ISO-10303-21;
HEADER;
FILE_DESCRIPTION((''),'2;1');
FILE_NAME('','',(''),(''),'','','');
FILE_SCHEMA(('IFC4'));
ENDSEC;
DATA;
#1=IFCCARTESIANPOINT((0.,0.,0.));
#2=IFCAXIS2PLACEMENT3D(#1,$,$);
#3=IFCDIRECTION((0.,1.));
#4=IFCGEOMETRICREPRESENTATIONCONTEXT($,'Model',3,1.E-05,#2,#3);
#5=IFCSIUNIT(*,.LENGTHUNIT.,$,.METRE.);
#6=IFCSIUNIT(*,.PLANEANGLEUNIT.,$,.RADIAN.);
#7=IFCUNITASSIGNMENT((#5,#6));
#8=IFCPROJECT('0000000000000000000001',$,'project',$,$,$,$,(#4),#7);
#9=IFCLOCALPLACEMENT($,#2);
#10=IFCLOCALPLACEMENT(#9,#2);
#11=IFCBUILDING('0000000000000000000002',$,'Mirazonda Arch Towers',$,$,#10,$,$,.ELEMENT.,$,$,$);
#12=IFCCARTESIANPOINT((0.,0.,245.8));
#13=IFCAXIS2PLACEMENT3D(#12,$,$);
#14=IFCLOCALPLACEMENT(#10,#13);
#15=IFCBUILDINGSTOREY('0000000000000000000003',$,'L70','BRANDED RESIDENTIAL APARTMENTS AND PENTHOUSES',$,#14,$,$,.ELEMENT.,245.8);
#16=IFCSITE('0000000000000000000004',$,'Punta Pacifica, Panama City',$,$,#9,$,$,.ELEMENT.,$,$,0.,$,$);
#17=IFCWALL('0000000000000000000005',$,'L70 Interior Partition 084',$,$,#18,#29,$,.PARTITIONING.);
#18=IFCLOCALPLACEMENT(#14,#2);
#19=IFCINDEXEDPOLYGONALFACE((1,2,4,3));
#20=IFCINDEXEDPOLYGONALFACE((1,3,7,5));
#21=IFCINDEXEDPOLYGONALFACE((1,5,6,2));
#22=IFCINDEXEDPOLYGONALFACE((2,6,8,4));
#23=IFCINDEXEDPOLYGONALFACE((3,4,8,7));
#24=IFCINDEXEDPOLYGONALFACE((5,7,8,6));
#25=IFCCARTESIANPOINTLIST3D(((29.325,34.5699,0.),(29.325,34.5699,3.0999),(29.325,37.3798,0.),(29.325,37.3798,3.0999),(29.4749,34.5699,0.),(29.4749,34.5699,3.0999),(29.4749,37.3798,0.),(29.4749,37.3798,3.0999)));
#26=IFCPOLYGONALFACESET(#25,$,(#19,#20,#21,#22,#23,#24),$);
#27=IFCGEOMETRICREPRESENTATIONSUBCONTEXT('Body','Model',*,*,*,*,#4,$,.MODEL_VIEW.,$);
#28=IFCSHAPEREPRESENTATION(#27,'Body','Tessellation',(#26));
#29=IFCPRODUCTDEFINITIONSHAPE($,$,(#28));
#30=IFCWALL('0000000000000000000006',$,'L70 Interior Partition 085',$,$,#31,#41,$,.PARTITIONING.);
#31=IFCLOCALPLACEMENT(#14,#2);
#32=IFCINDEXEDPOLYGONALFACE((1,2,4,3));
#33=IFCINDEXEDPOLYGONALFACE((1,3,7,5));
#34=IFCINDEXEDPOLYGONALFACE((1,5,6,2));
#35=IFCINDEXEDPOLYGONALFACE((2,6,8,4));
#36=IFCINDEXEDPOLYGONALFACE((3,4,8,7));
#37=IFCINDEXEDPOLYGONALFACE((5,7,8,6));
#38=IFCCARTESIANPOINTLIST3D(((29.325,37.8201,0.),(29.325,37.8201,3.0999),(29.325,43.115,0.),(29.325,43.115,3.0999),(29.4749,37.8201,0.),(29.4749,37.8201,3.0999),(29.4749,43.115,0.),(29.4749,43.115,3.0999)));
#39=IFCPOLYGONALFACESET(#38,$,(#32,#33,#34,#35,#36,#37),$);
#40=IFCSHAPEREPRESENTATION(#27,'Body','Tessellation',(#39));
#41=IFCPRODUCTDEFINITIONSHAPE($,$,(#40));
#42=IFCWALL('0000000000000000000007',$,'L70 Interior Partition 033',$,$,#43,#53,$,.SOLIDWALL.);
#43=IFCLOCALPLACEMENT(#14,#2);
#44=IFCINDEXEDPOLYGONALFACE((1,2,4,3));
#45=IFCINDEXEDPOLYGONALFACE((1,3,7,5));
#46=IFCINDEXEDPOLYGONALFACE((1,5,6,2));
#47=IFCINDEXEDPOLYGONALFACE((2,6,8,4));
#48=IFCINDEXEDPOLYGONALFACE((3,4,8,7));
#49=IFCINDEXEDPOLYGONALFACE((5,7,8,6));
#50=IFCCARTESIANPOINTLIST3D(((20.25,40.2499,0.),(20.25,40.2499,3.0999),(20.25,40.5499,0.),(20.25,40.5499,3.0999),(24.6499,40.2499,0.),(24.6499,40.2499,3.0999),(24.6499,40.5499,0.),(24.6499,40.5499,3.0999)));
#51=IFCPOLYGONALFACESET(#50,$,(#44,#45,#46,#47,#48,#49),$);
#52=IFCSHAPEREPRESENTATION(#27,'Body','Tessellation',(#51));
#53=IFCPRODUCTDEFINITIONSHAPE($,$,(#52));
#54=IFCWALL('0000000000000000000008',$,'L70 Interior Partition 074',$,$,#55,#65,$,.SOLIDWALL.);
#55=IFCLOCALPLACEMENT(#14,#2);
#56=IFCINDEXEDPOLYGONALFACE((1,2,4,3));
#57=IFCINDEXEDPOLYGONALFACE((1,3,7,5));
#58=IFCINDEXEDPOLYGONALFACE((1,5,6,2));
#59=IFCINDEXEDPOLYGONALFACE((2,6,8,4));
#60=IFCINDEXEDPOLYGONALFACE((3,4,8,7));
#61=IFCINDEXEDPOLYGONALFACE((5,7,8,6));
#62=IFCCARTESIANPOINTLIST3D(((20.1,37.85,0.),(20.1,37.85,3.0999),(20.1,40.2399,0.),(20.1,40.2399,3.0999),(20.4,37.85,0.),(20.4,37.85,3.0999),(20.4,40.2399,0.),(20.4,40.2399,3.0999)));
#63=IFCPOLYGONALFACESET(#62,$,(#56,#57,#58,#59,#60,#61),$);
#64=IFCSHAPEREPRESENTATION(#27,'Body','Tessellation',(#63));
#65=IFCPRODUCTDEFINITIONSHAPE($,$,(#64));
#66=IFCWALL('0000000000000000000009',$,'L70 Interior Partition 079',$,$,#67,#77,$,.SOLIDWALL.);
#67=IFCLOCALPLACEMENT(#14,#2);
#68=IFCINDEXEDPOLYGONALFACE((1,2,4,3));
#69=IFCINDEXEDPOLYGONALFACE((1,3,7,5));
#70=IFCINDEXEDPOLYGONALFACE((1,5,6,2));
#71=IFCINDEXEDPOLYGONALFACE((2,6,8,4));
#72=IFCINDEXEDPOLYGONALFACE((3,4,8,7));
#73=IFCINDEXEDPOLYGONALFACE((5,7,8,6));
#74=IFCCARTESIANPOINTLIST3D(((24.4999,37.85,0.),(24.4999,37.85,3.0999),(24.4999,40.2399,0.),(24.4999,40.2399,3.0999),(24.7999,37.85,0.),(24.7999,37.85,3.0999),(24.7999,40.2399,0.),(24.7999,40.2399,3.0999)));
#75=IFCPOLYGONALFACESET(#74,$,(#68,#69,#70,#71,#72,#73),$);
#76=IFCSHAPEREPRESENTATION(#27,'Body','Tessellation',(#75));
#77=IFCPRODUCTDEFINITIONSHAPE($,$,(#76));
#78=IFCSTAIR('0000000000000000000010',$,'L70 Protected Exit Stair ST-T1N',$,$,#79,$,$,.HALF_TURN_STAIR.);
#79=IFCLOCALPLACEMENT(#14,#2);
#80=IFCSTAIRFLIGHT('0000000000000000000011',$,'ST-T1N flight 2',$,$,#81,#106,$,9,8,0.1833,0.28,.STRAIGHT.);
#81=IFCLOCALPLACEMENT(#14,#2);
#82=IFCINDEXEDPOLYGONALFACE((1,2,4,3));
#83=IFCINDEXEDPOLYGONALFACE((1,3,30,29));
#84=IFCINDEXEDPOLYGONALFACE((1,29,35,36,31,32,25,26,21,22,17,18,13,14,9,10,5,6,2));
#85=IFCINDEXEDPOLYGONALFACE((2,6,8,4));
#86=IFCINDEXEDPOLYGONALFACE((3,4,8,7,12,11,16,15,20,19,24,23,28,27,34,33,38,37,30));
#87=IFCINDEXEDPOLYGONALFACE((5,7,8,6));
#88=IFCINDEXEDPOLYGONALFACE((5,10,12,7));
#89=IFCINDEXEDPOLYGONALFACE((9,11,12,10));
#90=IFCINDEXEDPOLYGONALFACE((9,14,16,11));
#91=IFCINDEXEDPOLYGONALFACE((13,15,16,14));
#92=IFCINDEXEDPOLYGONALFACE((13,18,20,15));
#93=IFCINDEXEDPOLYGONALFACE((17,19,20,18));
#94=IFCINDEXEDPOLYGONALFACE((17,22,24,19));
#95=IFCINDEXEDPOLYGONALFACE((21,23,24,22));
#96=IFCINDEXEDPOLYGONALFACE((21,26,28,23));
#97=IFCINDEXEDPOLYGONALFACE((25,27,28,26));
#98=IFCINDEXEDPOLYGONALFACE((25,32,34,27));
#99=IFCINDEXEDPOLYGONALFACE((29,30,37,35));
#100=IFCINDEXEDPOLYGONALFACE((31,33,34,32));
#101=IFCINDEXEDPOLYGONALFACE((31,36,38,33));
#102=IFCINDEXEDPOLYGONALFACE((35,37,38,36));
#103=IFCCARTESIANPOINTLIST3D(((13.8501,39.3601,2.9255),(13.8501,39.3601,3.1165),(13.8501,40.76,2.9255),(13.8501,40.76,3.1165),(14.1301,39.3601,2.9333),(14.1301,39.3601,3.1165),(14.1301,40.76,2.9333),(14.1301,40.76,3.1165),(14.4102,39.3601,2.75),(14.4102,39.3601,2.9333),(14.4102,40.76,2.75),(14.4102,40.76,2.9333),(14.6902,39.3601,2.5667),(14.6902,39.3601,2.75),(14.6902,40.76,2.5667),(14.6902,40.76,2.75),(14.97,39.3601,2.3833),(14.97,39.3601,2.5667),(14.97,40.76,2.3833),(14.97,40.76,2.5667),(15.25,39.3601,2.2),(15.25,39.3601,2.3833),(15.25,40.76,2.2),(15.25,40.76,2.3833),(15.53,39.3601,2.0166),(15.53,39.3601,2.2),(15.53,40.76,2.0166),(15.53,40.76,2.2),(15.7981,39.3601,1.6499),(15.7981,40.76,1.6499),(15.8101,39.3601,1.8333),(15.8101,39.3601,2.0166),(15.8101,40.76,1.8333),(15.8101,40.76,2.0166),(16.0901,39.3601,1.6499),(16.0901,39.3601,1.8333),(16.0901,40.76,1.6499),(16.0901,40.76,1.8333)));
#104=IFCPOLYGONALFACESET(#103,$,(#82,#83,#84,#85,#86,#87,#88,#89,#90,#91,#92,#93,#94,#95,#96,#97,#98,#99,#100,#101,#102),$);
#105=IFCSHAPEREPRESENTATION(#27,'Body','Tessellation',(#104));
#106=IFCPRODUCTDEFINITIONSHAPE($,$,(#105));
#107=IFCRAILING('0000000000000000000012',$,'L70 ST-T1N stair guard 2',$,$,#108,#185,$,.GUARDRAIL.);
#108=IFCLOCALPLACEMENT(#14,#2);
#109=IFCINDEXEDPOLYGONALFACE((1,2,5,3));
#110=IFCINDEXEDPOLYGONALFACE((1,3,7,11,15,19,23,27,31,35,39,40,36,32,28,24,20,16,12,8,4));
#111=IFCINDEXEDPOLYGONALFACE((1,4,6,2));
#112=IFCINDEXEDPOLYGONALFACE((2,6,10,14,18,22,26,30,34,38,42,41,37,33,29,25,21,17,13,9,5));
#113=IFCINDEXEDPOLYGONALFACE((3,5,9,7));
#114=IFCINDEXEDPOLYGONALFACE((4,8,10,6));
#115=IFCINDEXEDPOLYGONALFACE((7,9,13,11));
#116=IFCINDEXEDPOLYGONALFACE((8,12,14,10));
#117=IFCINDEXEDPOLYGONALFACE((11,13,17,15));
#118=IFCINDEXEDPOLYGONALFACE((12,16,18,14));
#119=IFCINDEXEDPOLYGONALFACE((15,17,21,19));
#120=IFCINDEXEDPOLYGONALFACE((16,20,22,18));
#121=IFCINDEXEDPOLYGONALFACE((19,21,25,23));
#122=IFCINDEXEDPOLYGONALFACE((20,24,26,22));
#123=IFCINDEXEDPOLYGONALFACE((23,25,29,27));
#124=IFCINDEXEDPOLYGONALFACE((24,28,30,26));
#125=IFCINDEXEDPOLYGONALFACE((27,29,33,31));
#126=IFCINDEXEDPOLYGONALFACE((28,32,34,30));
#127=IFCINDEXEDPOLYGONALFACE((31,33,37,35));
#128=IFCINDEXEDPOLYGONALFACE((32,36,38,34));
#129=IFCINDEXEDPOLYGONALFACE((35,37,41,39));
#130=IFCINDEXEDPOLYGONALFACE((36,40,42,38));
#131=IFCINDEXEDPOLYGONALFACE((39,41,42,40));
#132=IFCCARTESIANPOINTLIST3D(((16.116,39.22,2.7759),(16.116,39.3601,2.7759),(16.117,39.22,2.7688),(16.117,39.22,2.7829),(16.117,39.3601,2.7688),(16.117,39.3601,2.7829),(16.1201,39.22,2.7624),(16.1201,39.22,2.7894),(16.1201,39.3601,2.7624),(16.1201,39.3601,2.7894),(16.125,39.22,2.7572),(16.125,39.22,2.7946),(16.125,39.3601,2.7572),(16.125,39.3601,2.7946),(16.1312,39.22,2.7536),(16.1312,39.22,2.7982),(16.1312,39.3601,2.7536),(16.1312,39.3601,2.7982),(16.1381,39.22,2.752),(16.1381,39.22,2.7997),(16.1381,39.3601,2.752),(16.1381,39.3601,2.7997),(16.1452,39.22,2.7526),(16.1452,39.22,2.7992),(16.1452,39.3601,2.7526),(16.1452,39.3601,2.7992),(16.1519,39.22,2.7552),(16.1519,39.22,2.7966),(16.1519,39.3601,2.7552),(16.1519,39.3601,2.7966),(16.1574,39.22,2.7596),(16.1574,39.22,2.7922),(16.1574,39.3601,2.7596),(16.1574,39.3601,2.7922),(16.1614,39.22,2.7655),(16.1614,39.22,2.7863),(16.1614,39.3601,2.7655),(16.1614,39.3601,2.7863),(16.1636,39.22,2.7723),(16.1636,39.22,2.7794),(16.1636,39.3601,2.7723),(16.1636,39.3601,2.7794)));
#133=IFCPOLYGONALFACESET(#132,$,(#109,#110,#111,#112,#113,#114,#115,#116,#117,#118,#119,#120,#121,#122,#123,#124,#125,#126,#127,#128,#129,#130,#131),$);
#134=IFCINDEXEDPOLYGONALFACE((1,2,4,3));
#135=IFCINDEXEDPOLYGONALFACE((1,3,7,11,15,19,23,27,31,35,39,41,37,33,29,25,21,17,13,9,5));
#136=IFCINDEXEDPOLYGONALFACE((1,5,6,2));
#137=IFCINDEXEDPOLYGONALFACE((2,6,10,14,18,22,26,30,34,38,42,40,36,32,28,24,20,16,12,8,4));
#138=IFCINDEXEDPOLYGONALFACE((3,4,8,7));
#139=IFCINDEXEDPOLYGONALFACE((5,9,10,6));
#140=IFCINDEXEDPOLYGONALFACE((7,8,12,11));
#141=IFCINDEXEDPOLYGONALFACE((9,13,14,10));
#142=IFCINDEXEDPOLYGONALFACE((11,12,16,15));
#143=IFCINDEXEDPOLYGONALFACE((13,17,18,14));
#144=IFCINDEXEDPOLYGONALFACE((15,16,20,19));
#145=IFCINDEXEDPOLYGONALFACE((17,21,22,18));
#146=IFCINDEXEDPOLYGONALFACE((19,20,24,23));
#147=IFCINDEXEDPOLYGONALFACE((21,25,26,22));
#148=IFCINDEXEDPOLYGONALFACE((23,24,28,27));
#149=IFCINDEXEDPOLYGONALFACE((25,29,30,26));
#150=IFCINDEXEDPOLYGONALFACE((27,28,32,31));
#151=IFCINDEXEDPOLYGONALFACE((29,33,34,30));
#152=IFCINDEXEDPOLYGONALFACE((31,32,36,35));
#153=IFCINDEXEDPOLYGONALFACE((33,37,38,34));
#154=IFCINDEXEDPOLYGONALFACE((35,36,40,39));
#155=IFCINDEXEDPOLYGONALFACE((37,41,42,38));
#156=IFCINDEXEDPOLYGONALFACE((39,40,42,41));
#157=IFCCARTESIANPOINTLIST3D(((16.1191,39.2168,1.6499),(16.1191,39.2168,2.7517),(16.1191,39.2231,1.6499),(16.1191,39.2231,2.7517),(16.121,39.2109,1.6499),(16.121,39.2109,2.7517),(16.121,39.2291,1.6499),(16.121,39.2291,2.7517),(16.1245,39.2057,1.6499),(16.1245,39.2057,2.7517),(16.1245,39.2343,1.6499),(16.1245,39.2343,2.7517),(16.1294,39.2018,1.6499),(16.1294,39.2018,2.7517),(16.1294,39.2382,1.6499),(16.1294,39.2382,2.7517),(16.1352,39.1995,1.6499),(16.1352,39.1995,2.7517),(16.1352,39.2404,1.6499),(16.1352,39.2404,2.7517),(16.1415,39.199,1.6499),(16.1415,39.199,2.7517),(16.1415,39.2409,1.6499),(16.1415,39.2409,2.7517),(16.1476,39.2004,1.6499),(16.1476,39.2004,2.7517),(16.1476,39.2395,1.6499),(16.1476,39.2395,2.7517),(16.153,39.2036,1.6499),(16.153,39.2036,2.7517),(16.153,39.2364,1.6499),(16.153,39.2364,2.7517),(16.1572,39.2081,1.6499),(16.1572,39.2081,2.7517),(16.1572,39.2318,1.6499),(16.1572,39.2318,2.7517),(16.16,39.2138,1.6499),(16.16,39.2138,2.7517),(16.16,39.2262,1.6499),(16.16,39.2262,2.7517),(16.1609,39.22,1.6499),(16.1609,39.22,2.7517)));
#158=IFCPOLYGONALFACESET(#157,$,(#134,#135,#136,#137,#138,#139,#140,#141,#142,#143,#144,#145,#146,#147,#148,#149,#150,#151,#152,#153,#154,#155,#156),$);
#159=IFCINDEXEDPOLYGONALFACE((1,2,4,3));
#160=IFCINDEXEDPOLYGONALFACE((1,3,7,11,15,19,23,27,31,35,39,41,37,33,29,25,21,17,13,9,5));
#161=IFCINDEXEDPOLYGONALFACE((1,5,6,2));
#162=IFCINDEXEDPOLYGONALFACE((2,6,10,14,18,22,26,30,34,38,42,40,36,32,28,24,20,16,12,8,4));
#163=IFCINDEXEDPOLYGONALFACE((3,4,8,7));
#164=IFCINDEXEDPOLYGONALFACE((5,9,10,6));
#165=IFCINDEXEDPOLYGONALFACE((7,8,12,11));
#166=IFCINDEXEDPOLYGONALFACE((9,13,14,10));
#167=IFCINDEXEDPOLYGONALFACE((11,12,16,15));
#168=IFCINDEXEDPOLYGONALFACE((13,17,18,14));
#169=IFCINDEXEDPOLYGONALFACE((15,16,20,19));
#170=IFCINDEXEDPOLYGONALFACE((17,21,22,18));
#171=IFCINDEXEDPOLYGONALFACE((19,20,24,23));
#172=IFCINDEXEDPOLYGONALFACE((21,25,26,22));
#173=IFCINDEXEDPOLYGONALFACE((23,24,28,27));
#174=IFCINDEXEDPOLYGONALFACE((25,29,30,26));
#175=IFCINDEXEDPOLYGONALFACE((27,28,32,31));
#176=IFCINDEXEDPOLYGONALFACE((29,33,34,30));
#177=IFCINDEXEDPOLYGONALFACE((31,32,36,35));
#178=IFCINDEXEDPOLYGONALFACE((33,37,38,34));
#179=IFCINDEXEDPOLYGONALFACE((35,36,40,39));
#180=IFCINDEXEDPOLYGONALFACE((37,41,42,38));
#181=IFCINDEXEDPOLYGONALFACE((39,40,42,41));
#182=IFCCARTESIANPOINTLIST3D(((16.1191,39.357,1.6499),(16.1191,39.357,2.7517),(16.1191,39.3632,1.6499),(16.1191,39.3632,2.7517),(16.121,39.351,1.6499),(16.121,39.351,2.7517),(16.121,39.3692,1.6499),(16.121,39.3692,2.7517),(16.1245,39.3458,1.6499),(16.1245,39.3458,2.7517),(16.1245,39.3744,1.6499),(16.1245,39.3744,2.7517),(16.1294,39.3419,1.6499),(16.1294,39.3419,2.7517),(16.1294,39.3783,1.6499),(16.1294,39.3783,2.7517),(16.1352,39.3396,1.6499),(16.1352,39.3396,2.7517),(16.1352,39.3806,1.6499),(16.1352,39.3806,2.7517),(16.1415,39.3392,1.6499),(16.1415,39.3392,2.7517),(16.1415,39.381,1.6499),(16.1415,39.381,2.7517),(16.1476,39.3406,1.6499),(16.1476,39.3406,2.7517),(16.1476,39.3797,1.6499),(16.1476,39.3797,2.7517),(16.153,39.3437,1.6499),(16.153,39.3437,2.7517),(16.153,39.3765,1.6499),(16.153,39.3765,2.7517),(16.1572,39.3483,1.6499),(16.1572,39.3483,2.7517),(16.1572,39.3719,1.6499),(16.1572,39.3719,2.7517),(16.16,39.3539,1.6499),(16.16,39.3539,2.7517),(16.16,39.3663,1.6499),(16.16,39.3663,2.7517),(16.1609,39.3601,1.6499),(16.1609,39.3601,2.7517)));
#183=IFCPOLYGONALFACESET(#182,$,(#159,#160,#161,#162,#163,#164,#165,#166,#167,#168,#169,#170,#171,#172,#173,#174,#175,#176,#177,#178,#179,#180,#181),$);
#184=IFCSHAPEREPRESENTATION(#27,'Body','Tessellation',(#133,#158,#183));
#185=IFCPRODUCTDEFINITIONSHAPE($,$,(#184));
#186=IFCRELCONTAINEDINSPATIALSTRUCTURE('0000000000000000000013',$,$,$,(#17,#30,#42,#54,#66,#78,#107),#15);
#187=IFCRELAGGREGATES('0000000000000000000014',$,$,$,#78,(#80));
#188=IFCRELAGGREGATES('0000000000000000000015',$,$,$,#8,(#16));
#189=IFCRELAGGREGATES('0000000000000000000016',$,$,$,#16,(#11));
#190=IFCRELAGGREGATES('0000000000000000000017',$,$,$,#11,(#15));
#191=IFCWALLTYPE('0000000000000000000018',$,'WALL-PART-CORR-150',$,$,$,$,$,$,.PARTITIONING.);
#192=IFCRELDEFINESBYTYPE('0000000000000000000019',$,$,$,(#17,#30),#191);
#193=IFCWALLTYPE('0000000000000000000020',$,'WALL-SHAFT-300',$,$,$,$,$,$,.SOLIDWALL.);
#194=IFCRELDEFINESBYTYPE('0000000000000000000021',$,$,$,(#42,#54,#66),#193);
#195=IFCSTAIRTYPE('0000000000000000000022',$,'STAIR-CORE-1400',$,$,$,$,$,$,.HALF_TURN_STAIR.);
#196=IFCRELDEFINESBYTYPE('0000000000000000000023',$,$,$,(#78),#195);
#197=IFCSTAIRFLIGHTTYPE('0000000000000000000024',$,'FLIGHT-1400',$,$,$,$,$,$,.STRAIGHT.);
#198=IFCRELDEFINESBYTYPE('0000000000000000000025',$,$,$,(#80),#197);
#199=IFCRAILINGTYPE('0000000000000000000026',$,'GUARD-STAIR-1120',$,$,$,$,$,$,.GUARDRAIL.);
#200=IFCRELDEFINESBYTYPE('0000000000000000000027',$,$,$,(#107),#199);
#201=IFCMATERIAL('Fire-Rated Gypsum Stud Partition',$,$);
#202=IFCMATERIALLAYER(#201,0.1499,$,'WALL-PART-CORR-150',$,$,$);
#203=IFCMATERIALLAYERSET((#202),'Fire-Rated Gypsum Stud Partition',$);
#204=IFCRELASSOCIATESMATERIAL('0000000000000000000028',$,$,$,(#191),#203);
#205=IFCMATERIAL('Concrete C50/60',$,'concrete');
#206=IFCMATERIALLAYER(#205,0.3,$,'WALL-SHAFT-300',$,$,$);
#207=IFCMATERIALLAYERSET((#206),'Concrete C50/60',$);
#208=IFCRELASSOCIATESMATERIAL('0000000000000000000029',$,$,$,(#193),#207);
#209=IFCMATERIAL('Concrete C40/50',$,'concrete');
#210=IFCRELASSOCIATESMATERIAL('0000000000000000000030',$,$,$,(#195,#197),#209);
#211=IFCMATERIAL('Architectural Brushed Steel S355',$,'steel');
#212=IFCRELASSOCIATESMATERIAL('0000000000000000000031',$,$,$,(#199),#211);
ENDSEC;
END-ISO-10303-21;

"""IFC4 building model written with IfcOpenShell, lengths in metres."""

from ifc_helpers import new_model, si_unit, direction, frame, frame_2d, origin, origin_2d, place, context, subcontext, project, spatial, polyline, rectangle, circle, outline, extrude, material, layer, layer_set, type_object, element, aggregate, save


model = new_model("IFC4")

# Units and contexts
model_context = context("Model", 3, precision=1e-05, world=origin(), true_north=direction((0.0, 1.0)))
body_context = subcontext(model_context, "Body", "Model", "MODEL_VIEW")
ifc_project = project(units=[si_unit("LENGTHUNIT", "METRE"), si_unit("PLANEANGLEUNIT", "RADIAN")], contexts=[model_context])

# Site, building, storey
site_placement = place(None, origin())
site = spatial("IfcSite", under=ifc_project, at=site_placement, Name="Punta Pacifica, Panama City", CompositionType="ELEMENT", RefElevation=0.0)
building_placement = place(site_placement, origin())
building = spatial("IfcBuilding", under=site, at=building_placement, Name="Mirazonda Arch Towers", CompositionType="ELEMENT")
storey_placement = place(building_placement, frame((0.0, 0.0, 245.8)))
storey = spatial("IfcBuildingStorey", under=building, at=storey_placement, Name="L70", Description="BRANDED RESIDENTIAL APARTMENTS AND PENTHOUSES", CompositionType="ELEMENT", Elevation=245.8)

# Shared definitions
ifc_material_1 = material(Name="Concrete C50/60", Category="concrete")

# Walls
ifc_material_2 = material(Name="Concrete C40/50", Category="concrete")
ifc_material_3 = material(Name="Fire-Rated Gypsum Stud Partition")
ifc_layer_1 = layer(ifc_material_3, 0.1499, Name="WALL-PART-CORR-150")
ifc_layer_set_1 = layer_set([ifc_layer_1], Name="Fire-Rated Gypsum Stud Partition")
wall_type_1 = type_object("IfcWallType", Name="WALL-PART-CORR-150", PredefinedType="PARTITIONING", material=ifc_layer_set_1)
wall_1_placement = place(storey_placement, frame((29.3999, 34.5701, 0.0), z_axis=(0.0, 0.0, 1.0), x_axis=(0.0, 1.0, 0.0)))
element("IfcWall", 1, at=wall_1_placement, inside=storey, type_object=wall_type_1, Name="L70 Interior Partition 084", PredefinedType="PARTITIONING", context=body_context, shape_type="SweptSolid", body=[
    extrude(rectangle(XDim=2.8098, YDim=0.1499, at=frame_2d((1.4048, 0.0))), origin(), (0.0, 0.0, 1.0), 3.0999),
])
wall_2_placement = place(storey_placement, frame((29.3999, 37.8201, 0.0), z_axis=(0.0, 0.0, 1.0), x_axis=(0.0, 1.0, 0.0)))
element("IfcWall", 2, at=wall_2_placement, inside=storey, type_object=wall_type_1, Name="L70 Interior Partition 085", PredefinedType="PARTITIONING", context=body_context, shape_type="SweptSolid", body=[
    extrude(rectangle(XDim=5.2949, YDim=0.1499, at=frame_2d((2.6475, 0.0))), origin(), (0.0, 0.0, 1.0), 3.0999),
])
ifc_layer_2 = layer(ifc_material_1, 0.3, Name="WALL-SHAFT-300")
ifc_layer_set_2 = layer_set([ifc_layer_2], Name="Concrete C50/60")
wall_type_2 = type_object("IfcWallType", Name="WALL-SHAFT-300", PredefinedType="SOLIDWALL", material=ifc_layer_set_2)
wall_3_placement = place(storey_placement, frame((20.25, 40.3999, 0.0), z_axis=(0.0, 0.0, 1.0), x_axis=(1.0, 0.0, 0.0)))
element("IfcWall", 3, at=wall_3_placement, inside=storey, type_object=wall_type_2, Name="L70 Interior Partition 033", PredefinedType="SOLIDWALL", context=body_context, shape_type="SweptSolid", body=[
    extrude(rectangle(XDim=4.3999, YDim=0.3, at=frame_2d((2.2, 0.0))), origin(), (0.0, 0.0, 1.0), 3.0999),
])
for number, where, z_axis, x_axis, name in (
    (4, (20.25, 37.8501, 0.0), (0.0, 0.0, 1.0), (0.0, 1.0, 0.0), "L70 Interior Partition 074"),
    (5, (24.6499, 37.8501, 0.0), (0.0, 0.0, 1.0), (0.0, 1.0, 0.0), "L70 Interior Partition 079"),
):
    element("IfcWall", number, at=place(storey_placement, frame(where, z_axis=z_axis, x_axis=x_axis)), inside=storey, type_object=wall_type_2, Name=name, PredefinedType="SOLIDWALL", context=body_context, shape_type="SweptSolid", body=[
        extrude(rectangle(XDim=2.3899, YDim=0.3, at=frame_2d((1.1948, 0.0))), origin(), (0.0, 0.0, 1.0), 3.0999),
    ])

# Stair, stair flight
stair_type = type_object("IfcStairType", Name="STAIR-CORE-1400", PredefinedType="HALF_TURN_STAIR", material=ifc_material_2)
stair_placement = place(storey_placement, origin())
stair = element("IfcStair", 6, at=stair_placement, inside=storey, type_object=stair_type, Name="L70 Protected Exit Stair ST-T1N", PredefinedType="HALF_TURN_STAIR")
stair_flight_type = type_object("IfcStairFlightType", Name="FLIGHT-1400", PredefinedType="STRAIGHT", material=ifc_material_2)
stair_flight_placement = place(storey_placement, frame((16.0901, 40.0601, 1.6499), z_axis=(0.0, 0.0, 1.0), x_axis=(-1.0, 0.0, 0.0)))
stair_flight = element("IfcStairFlight", 7, at=stair_flight_placement, type_object=stair_flight_type, Name="ST-T1N flight 2", NumberOfRisers=9, NumberOfTreads=8, PredefinedType="STRAIGHT", RiserHeight=0.1833, TreadLength=0.28, context=body_context, shape_type="SweptSolid", body=[
    extrude(outline(polyline([(0.0, 0.0), (0.0, 0.1833), (0.28, 0.1833), (0.28, 0.3667), (0.5601, 0.3667), (0.5601, 0.55), (0.8401, 0.55), (0.8401, 0.7334), (1.1201, 0.7334), (1.1201, 0.9167), (1.3999, 0.9167), (1.3999, 1.1001), (1.6799, 1.1001), (1.6799, 1.2834), (1.96, 1.2834), (1.96, 1.4666), (2.24, 1.4666), (2.24, 1.6499), (2.24, 1.2756), (0.292, 0.0), (0.0, 0.0)])), frame((0.0, 0.7, 0.0), z_axis=(0.0, -1.0, 0.0), x_axis=(1.0, 0.0, 0.0)), (0.0, 0.0, 1.0), 1.3999),
])
aggregate(stair, [stair_flight])

# Railing
ifc_material_4 = material(Name="Architectural Brushed Steel S355", Category="steel")
railing_type_1 = type_object("IfcRailingType", Name="GUARD-STAIR-1120", PredefinedType="GUARDRAIL", material=ifc_material_4)
railing_1_placement = place(storey_placement, frame((16.1399, 39.22, 1.6499)))
element("IfcRailing", 8, at=railing_1_placement, inside=storey, type_object=railing_type_1, Name="L70 ST-T1N stair guard 2", PredefinedType="GUARDRAIL", context=body_context, shape_type="SweptSolid", body=[
    extrude(circle(Radius=0.0239, at=origin_2d()), frame((0.0, 0.0, 1.126), z_axis=(0.0, 1.0, 0.0), x_axis=(-1.0, 0.0, 0.0)), (0.0, 0.0, 1.0), 0.1401),
    extrude(circle(Radius=0.021, at=origin_2d()), origin(), (0.0, 0.0, 1.0), 1.1018),
    extrude(circle(Radius=0.021, at=origin_2d()), frame((0.0, 0.1401, 0.0)), (0.0, 0.0, 1.0), 1.1018),
])

save(model, "model.ifc")
